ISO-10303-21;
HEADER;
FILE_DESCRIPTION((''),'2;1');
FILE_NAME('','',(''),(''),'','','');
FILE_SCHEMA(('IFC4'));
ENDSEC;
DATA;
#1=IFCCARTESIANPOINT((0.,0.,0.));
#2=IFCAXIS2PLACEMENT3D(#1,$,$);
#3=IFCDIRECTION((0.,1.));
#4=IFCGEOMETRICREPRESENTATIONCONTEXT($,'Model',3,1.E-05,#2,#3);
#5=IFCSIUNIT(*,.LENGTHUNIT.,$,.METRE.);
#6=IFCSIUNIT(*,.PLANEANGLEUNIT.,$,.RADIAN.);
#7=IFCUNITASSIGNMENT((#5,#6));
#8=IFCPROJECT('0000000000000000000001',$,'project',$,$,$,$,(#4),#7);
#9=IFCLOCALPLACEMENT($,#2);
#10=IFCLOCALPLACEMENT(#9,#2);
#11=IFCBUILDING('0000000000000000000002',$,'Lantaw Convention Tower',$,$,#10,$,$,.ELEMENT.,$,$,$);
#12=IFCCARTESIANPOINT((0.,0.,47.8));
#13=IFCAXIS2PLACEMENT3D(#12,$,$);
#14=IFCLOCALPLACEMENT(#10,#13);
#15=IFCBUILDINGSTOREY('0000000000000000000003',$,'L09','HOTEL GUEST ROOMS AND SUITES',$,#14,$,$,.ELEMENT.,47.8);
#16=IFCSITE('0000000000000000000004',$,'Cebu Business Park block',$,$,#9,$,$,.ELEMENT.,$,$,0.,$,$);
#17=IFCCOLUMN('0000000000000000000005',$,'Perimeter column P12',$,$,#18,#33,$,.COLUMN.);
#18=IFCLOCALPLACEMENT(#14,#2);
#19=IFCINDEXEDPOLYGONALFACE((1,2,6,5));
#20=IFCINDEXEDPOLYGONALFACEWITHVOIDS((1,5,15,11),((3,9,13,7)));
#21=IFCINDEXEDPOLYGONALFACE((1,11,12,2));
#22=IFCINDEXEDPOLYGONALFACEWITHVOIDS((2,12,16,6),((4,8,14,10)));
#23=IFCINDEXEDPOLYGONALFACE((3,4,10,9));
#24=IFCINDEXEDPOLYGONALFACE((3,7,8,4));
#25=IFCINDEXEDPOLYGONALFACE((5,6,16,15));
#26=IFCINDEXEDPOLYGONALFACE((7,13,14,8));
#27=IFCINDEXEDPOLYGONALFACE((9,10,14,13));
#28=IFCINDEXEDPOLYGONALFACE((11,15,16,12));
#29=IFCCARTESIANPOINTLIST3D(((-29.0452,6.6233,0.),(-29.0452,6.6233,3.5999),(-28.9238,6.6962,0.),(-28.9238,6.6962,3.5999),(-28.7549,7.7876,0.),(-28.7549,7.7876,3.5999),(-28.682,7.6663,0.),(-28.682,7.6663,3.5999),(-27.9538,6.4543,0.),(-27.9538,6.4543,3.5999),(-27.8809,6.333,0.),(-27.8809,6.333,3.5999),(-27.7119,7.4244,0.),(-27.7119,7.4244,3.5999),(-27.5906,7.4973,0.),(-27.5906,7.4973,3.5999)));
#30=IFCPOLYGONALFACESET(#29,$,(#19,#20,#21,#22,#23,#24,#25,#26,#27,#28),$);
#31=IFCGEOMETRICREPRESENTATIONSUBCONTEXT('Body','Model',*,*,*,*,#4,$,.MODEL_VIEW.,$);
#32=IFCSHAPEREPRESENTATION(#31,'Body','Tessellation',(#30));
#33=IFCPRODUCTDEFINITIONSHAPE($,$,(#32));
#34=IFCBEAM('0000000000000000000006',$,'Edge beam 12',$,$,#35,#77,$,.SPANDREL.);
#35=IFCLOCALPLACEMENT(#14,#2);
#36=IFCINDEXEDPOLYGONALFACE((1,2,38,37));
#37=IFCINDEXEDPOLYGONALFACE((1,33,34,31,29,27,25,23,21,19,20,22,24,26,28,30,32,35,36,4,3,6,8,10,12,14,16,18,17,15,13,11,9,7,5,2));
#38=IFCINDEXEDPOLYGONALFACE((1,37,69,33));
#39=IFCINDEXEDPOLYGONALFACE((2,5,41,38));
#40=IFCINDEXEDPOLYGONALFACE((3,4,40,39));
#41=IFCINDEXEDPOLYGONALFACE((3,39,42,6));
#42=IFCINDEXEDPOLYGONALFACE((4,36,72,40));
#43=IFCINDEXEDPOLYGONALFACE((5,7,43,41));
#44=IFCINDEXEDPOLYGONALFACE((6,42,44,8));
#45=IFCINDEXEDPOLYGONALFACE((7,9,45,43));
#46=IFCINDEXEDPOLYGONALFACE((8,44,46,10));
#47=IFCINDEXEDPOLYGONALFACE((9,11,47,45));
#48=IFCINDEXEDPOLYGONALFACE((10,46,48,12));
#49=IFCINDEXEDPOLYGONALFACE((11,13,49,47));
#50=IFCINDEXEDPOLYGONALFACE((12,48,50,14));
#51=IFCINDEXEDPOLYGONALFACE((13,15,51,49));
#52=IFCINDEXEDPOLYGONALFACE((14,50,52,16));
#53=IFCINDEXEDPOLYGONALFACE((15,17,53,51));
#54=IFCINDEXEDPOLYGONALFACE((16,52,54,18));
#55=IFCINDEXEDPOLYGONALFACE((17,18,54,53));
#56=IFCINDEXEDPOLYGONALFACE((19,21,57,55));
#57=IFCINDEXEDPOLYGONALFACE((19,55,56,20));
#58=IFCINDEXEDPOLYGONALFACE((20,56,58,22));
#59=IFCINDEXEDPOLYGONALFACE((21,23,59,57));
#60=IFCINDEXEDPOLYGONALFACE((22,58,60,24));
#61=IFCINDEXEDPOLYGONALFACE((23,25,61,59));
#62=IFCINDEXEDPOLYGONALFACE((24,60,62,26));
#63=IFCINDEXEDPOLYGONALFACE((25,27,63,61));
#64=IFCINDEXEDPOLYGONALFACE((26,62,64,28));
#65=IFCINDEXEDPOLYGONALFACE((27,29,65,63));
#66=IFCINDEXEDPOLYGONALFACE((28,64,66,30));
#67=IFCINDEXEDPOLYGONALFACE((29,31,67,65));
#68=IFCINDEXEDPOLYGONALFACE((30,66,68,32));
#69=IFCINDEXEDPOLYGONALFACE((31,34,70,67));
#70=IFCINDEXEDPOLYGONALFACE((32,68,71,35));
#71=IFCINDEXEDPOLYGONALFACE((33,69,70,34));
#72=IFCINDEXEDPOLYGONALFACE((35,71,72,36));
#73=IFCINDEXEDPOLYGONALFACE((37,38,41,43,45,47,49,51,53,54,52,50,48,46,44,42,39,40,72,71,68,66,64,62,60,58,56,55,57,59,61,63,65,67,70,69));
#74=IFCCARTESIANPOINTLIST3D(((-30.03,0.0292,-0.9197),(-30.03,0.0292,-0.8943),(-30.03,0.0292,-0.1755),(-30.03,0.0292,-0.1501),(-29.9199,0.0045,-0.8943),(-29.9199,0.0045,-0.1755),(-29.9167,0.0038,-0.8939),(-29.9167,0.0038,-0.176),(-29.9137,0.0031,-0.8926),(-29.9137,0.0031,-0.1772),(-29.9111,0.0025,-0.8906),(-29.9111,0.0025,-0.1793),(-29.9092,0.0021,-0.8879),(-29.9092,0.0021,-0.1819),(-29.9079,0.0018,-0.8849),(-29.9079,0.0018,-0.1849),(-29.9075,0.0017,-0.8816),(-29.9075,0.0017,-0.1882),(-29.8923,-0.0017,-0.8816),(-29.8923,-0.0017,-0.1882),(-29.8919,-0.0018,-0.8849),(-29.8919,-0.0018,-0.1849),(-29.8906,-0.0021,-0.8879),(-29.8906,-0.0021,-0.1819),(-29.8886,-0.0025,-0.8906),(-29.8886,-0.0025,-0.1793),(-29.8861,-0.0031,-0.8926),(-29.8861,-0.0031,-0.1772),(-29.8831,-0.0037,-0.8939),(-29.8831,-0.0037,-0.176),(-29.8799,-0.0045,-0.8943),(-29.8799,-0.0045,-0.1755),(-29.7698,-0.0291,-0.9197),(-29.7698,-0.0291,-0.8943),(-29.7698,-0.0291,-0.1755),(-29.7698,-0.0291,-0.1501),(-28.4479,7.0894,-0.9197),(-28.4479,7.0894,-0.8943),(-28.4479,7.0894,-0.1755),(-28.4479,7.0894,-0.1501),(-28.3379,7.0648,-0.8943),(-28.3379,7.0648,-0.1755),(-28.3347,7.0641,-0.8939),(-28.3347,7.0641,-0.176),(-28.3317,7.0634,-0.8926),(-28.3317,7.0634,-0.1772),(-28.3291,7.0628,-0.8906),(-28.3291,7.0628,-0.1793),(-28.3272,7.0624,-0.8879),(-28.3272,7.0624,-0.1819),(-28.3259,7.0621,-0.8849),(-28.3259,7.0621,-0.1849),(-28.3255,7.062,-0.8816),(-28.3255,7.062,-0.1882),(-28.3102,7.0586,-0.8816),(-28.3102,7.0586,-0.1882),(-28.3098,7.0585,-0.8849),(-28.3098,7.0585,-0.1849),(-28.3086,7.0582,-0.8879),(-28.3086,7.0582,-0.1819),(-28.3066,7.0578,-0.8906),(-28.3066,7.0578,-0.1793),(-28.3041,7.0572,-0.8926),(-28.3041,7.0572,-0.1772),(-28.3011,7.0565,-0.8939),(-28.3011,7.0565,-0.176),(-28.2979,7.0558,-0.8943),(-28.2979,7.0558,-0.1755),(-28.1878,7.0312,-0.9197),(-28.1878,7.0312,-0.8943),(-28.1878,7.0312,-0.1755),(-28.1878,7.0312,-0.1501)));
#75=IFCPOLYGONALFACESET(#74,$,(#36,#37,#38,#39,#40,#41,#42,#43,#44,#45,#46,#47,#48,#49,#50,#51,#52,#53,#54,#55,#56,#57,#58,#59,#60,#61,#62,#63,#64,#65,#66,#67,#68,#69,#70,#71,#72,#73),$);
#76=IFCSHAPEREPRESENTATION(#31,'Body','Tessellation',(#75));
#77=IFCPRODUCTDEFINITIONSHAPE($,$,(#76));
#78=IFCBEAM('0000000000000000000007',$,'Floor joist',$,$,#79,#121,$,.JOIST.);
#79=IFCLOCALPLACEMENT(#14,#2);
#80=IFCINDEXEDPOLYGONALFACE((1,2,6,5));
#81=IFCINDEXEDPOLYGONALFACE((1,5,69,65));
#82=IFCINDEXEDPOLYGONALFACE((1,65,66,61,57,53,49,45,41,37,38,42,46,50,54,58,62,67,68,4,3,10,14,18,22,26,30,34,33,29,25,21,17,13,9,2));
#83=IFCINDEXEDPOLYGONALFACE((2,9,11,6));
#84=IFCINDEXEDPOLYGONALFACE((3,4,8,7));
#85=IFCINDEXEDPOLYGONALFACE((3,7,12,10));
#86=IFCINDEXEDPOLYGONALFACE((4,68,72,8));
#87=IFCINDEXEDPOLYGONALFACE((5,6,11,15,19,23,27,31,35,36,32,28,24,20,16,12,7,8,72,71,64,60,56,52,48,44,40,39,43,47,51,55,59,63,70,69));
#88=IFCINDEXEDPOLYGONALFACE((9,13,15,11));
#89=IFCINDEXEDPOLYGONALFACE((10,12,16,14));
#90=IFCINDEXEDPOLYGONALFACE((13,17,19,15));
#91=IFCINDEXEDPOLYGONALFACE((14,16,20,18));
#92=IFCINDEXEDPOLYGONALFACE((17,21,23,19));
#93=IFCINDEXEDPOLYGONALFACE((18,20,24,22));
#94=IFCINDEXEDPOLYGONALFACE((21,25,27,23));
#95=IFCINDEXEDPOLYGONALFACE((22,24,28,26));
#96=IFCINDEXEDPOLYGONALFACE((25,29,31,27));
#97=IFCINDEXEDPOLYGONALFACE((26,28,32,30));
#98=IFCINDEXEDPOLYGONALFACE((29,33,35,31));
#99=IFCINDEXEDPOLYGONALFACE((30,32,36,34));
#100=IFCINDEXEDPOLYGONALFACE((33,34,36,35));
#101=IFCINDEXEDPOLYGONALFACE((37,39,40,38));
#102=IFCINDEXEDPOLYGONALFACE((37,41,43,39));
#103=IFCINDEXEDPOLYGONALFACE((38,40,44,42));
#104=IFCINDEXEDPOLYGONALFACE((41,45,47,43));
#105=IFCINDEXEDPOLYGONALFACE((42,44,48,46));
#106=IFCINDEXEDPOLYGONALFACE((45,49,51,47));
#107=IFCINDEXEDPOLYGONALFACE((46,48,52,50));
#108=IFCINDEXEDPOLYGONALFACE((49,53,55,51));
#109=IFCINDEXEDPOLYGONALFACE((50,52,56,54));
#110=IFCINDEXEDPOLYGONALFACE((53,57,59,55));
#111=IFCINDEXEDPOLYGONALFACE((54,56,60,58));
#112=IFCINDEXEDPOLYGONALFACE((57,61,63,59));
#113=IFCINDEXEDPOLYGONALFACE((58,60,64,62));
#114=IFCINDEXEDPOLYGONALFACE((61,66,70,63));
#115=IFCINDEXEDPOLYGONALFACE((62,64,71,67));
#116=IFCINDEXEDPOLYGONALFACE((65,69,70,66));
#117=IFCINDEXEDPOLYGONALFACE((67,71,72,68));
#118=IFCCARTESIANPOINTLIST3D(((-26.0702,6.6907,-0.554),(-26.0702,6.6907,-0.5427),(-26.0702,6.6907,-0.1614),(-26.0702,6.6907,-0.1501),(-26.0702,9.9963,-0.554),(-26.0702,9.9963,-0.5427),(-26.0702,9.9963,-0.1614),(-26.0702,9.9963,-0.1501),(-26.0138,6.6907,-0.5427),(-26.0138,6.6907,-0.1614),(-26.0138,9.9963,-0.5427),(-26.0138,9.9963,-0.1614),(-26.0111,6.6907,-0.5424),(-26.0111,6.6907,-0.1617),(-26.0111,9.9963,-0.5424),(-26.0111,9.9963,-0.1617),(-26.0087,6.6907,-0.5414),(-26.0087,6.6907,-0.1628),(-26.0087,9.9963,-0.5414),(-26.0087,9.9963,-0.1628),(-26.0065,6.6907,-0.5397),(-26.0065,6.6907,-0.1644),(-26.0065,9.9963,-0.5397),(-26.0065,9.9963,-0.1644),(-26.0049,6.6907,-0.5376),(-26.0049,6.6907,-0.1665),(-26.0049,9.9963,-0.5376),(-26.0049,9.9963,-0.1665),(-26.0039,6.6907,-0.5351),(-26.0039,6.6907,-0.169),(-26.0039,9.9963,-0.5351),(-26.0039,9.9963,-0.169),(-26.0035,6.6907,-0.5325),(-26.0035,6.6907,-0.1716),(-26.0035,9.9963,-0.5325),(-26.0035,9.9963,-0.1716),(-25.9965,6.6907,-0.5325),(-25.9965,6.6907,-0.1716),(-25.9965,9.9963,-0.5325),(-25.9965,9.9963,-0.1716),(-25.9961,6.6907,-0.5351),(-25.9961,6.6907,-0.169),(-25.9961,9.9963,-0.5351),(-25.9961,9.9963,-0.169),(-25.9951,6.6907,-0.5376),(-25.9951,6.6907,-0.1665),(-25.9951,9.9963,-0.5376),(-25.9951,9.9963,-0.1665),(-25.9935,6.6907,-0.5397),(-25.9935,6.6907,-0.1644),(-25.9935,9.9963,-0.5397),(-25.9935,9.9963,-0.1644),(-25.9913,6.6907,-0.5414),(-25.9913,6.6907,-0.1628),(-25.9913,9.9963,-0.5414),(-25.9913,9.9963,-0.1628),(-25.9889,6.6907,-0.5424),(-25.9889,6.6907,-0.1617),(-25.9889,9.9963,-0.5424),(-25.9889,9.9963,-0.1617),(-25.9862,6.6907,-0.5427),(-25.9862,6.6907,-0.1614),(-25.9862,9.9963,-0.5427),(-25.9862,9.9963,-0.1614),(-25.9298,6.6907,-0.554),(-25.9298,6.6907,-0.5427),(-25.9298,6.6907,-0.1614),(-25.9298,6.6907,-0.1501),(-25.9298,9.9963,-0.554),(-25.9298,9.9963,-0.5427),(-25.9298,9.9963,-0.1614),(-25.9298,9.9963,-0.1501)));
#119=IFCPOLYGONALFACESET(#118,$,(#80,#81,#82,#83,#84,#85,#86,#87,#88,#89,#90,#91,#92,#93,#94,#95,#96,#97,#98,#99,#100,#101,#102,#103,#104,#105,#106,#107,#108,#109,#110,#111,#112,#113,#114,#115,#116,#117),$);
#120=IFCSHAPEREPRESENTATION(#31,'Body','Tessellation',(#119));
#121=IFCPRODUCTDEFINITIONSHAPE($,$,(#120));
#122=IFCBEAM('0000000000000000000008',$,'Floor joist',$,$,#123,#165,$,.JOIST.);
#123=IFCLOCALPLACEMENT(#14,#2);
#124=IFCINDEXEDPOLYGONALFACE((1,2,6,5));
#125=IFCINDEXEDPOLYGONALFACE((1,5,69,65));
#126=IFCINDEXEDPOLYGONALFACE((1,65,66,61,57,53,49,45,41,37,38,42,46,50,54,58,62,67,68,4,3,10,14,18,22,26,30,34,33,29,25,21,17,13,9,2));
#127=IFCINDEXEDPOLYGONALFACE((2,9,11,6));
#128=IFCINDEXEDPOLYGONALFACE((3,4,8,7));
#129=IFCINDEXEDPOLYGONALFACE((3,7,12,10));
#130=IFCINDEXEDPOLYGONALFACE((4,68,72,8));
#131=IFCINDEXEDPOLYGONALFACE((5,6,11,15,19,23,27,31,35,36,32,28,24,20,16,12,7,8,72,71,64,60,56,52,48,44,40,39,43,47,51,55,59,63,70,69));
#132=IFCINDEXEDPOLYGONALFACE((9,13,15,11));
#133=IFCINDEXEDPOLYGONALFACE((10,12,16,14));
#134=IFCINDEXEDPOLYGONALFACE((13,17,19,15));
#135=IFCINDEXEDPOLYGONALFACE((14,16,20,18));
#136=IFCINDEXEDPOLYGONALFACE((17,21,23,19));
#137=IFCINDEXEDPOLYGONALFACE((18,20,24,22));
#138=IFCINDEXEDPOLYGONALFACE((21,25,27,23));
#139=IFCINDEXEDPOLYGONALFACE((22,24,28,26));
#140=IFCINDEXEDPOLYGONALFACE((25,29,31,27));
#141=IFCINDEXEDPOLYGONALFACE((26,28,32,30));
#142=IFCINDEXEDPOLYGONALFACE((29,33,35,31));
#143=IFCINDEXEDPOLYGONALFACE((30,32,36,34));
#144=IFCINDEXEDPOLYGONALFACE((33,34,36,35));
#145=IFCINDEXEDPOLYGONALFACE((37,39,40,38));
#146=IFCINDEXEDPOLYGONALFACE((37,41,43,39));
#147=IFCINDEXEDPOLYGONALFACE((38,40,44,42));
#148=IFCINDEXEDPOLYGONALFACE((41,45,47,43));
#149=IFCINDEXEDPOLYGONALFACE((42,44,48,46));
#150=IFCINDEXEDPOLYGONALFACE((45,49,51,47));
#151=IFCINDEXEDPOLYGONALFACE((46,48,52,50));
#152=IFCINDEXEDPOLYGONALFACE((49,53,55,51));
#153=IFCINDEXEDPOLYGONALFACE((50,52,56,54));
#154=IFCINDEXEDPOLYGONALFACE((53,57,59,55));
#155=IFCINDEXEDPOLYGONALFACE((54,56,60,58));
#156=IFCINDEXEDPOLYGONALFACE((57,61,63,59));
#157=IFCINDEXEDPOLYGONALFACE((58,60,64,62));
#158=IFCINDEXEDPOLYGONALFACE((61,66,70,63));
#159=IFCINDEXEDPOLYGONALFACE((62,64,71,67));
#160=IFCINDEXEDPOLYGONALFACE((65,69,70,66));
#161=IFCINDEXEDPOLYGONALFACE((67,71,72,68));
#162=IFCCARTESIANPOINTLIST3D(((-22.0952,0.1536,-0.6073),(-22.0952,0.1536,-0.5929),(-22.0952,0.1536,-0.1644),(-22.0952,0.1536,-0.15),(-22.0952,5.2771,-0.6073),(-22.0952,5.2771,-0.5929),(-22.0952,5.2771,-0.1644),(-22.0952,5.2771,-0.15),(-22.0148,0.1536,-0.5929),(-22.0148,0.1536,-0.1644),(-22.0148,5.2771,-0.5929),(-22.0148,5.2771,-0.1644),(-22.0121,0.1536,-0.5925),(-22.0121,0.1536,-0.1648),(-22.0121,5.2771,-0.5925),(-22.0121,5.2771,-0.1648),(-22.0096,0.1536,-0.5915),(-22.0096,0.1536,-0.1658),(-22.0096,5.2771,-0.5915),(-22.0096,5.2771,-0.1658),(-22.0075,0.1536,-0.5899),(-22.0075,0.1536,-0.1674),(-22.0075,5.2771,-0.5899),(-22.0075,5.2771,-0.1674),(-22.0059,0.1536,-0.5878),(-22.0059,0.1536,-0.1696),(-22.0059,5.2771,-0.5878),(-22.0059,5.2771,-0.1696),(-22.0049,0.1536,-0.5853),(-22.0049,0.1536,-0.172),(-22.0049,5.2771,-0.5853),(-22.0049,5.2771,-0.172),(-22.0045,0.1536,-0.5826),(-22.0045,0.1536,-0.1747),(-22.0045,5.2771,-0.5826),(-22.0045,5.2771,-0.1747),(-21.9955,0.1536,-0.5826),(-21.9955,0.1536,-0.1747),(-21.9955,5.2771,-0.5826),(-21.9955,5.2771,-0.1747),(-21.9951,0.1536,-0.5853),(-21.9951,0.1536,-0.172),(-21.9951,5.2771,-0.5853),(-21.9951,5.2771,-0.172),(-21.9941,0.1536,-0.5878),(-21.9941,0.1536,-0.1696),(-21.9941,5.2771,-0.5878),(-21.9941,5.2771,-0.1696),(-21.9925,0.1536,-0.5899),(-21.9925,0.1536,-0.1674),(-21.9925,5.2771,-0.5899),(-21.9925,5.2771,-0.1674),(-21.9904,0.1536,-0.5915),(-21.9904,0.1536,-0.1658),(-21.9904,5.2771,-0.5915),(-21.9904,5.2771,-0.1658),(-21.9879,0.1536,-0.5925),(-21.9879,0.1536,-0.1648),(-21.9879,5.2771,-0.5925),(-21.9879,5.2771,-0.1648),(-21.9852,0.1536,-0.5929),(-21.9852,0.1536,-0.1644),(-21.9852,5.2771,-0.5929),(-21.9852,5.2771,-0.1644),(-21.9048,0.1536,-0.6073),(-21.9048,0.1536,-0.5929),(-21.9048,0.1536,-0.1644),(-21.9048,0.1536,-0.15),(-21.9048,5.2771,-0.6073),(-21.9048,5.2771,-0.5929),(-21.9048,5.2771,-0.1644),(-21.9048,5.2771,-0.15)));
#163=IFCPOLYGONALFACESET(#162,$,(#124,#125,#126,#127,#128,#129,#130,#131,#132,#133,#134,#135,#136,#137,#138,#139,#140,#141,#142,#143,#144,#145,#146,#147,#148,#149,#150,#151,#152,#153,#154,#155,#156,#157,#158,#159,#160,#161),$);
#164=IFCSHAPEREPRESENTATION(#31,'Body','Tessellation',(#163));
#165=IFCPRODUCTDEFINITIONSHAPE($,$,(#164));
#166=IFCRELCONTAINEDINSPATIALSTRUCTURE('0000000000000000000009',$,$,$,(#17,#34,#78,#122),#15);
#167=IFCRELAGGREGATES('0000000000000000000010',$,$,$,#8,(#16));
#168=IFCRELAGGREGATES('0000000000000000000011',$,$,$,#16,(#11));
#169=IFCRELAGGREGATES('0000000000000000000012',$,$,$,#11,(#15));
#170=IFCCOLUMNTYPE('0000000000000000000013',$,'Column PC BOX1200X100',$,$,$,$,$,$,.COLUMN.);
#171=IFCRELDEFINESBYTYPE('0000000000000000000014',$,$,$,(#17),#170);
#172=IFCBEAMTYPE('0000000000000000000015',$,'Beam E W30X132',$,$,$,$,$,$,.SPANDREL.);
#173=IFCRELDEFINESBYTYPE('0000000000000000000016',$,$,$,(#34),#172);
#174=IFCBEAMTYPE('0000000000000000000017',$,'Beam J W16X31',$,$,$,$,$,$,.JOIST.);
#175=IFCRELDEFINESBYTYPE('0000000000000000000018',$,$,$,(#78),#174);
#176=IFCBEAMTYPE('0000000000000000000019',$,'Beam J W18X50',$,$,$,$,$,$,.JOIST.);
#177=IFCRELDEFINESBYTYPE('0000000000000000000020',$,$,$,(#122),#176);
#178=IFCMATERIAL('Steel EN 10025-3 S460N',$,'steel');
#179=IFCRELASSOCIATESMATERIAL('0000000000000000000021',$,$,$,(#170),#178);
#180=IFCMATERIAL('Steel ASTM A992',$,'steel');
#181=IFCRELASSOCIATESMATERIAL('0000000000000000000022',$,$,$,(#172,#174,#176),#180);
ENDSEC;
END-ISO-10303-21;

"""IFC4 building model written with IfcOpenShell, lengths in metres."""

from ifc_helpers import new_model, si_unit, direction, frame, origin, origin_2d, place, context, subcontext, project, spatial, rectangle, hollow_rectangle, i_section, extrude, material, material_profile, profile_set, type_object, element, save


model = new_model("IFC4")

# Units and contexts
model_context = context("Model", 3, precision=1e-05, world=origin(), true_north=direction((0.0, 1.0)))
body_context = subcontext(model_context, "Body", "Model", "MODEL_VIEW")
ifc_project = project(units=[si_unit("LENGTHUNIT", "METRE"), si_unit("PLANEANGLEUNIT", "RADIAN")], contexts=[model_context])

# Site, building, storey
site_placement = place(None, origin())
site = spatial("IfcSite", under=ifc_project, at=site_placement, Name="Cebu Business Park block", CompositionType="ELEMENT", RefElevation=0.0)
building_placement = place(site_placement, origin())
building = spatial("IfcBuilding", under=site, at=building_placement, Name="Lantaw Convention Tower", CompositionType="ELEMENT")
storey_placement = place(building_placement, frame((0.0, 0.0, 47.8)))
storey = spatial("IfcBuildingStorey", under=building, at=storey_placement, Name="L09", Description="HOTEL GUEST ROOMS AND SUITES", CompositionType="ELEMENT", Elevation=47.8)

# Column
ifc_material_1 = material(Name="Steel EN 10025-3 S460N", Category="steel")
ifc_material_profile_1 = material_profile(ifc_material_1, hollow_rectangle(XDim=1.2, YDim=1.2, WallThickness=0.1001, at=origin_2d()), Name="BOX1200X100")
ifc_material_2 = material(Name="Concrete C60/75", Category="concrete")
ifc_material_profile_2 = material_profile(ifc_material_2, rectangle(XDim=1.0, YDim=1.0, at=origin_2d()), Name="Concrete fill of BOX1200X100")
ifc_profile_set_1 = profile_set([ifc_material_profile_1, ifc_material_profile_2], Name="Steel EN 10025-3 S460N")
column_type = type_object("IfcColumnType", Name="Column PC BOX1200X100", PredefinedType="COLUMN", material=ifc_profile_set_1)
column_placement = place(storey_placement, frame((-28.3179, 7.0603, 0.0), z_axis=(0.0, 0.0, 1.0), x_axis=(0.241922, 0.970296, 0.0)))
element("IfcColumn", 1, at=column_placement, inside=storey, type_object=column_type, Name="Perimeter column P12", PredefinedType="COLUMN", context=body_context, shape_type="SweptSolid", body=[
    extrude(hollow_rectangle(XDim=1.2, YDim=1.2, WallThickness=0.1001, at=origin_2d()), origin(), (0.0, 0.0, 1.0), 3.5999),
])

# Beams
ifc_material_3 = material(Name="Steel ASTM A992", Category="steel")
ifc_material_profile_3 = material_profile(ifc_material_3, i_section(OverallWidth=0.2666, OverallDepth=0.7695, WebThickness=0.0156, FlangeThickness=0.0254, FilletRadius=0.0127, at=origin_2d()), Name="W30X132")
ifc_profile_set_2 = profile_set([ifc_material_profile_3], Name="Steel ASTM A992")
beam_type_1 = type_object("IfcBeamType", Name="Beam E W30X132", PredefinedType="SPANDREL", material=ifc_profile_set_2)
beam_1_placement = place(storey_placement, frame((-28.3179, 7.0603, -0.5349), z_axis=(-0.218652, -0.975803, 0.0), x_axis=(0.975803, -0.218652, 0.0)))
element("IfcBeam", 2, at=beam_1_placement, inside=storey, type_object=beam_type_1, Name="Edge beam 12", PredefinedType="SPANDREL", context=body_context, shape_type="SweptSolid", body=[
    extrude(i_section(OverallWidth=0.2666, OverallDepth=0.7695, WebThickness=0.0156, FlangeThickness=0.0254, FilletRadius=0.0127, at=origin_2d()), origin(), (0.0, 0.0, 1.0), 7.2354),
])
ifc_material_profile_4 = material_profile(ifc_material_3, i_section(OverallWidth=0.1404, OverallDepth=0.4038, WebThickness=0.0071, FlangeThickness=0.0112, FilletRadius=0.0103, at=origin_2d()), Name="W16X31")
ifc_profile_set_3 = profile_set([ifc_material_profile_4], Name="Steel ASTM A992")
beam_type_2 = type_object("IfcBeamType", Name="Beam J W16X31", PredefinedType="JOIST", material=ifc_profile_set_3)
beam_2_placement = place(storey_placement, frame((-26.0, 6.6907, -0.3521), z_axis=(0.0, 1.0, 0.0), x_axis=(-1.0, 0.0, 0.0)))
element("IfcBeam", 3, at=beam_2_placement, inside=storey, type_object=beam_type_2, Name="Floor joist", PredefinedType="JOIST", context=body_context, shape_type="SweptSolid", body=[
    extrude(i_section(OverallWidth=0.1404, OverallDepth=0.4038, WebThickness=0.0071, FlangeThickness=0.0112, FilletRadius=0.0103, at=origin_2d()), origin(), (0.0, 0.0, 1.0), 3.3057),
])
ifc_material_profile_5 = material_profile(ifc_material_3, i_section(OverallWidth=0.1904, OverallDepth=0.4573, WebThickness=0.009, FlangeThickness=0.0144, FilletRadius=0.0103, at=origin_2d()), Name="W18X50")
ifc_profile_set_4 = profile_set([ifc_material_profile_5], Name="Steel ASTM A992")
beam_type_3 = type_object("IfcBeamType", Name="Beam J W18X50", PredefinedType="JOIST", material=ifc_profile_set_4)
beam_3_placement = place(storey_placement, frame((-22.0, 0.1536, -0.3787), z_axis=(0.0, 1.0, 0.0), x_axis=(-1.0, 0.0, 0.0)))
element("IfcBeam", 4, at=beam_3_placement, inside=storey, type_object=beam_type_3, Name="Floor joist", PredefinedType="JOIST", context=body_context, shape_type="SweptSolid", body=[
    extrude(i_section(OverallWidth=0.1904, OverallDepth=0.4573, WebThickness=0.009, FlangeThickness=0.0144, FilletRadius=0.0103, at=origin_2d()), origin(), (0.0, 0.0, 1.0), 5.1235),
])

save(model, "model.ifc")
